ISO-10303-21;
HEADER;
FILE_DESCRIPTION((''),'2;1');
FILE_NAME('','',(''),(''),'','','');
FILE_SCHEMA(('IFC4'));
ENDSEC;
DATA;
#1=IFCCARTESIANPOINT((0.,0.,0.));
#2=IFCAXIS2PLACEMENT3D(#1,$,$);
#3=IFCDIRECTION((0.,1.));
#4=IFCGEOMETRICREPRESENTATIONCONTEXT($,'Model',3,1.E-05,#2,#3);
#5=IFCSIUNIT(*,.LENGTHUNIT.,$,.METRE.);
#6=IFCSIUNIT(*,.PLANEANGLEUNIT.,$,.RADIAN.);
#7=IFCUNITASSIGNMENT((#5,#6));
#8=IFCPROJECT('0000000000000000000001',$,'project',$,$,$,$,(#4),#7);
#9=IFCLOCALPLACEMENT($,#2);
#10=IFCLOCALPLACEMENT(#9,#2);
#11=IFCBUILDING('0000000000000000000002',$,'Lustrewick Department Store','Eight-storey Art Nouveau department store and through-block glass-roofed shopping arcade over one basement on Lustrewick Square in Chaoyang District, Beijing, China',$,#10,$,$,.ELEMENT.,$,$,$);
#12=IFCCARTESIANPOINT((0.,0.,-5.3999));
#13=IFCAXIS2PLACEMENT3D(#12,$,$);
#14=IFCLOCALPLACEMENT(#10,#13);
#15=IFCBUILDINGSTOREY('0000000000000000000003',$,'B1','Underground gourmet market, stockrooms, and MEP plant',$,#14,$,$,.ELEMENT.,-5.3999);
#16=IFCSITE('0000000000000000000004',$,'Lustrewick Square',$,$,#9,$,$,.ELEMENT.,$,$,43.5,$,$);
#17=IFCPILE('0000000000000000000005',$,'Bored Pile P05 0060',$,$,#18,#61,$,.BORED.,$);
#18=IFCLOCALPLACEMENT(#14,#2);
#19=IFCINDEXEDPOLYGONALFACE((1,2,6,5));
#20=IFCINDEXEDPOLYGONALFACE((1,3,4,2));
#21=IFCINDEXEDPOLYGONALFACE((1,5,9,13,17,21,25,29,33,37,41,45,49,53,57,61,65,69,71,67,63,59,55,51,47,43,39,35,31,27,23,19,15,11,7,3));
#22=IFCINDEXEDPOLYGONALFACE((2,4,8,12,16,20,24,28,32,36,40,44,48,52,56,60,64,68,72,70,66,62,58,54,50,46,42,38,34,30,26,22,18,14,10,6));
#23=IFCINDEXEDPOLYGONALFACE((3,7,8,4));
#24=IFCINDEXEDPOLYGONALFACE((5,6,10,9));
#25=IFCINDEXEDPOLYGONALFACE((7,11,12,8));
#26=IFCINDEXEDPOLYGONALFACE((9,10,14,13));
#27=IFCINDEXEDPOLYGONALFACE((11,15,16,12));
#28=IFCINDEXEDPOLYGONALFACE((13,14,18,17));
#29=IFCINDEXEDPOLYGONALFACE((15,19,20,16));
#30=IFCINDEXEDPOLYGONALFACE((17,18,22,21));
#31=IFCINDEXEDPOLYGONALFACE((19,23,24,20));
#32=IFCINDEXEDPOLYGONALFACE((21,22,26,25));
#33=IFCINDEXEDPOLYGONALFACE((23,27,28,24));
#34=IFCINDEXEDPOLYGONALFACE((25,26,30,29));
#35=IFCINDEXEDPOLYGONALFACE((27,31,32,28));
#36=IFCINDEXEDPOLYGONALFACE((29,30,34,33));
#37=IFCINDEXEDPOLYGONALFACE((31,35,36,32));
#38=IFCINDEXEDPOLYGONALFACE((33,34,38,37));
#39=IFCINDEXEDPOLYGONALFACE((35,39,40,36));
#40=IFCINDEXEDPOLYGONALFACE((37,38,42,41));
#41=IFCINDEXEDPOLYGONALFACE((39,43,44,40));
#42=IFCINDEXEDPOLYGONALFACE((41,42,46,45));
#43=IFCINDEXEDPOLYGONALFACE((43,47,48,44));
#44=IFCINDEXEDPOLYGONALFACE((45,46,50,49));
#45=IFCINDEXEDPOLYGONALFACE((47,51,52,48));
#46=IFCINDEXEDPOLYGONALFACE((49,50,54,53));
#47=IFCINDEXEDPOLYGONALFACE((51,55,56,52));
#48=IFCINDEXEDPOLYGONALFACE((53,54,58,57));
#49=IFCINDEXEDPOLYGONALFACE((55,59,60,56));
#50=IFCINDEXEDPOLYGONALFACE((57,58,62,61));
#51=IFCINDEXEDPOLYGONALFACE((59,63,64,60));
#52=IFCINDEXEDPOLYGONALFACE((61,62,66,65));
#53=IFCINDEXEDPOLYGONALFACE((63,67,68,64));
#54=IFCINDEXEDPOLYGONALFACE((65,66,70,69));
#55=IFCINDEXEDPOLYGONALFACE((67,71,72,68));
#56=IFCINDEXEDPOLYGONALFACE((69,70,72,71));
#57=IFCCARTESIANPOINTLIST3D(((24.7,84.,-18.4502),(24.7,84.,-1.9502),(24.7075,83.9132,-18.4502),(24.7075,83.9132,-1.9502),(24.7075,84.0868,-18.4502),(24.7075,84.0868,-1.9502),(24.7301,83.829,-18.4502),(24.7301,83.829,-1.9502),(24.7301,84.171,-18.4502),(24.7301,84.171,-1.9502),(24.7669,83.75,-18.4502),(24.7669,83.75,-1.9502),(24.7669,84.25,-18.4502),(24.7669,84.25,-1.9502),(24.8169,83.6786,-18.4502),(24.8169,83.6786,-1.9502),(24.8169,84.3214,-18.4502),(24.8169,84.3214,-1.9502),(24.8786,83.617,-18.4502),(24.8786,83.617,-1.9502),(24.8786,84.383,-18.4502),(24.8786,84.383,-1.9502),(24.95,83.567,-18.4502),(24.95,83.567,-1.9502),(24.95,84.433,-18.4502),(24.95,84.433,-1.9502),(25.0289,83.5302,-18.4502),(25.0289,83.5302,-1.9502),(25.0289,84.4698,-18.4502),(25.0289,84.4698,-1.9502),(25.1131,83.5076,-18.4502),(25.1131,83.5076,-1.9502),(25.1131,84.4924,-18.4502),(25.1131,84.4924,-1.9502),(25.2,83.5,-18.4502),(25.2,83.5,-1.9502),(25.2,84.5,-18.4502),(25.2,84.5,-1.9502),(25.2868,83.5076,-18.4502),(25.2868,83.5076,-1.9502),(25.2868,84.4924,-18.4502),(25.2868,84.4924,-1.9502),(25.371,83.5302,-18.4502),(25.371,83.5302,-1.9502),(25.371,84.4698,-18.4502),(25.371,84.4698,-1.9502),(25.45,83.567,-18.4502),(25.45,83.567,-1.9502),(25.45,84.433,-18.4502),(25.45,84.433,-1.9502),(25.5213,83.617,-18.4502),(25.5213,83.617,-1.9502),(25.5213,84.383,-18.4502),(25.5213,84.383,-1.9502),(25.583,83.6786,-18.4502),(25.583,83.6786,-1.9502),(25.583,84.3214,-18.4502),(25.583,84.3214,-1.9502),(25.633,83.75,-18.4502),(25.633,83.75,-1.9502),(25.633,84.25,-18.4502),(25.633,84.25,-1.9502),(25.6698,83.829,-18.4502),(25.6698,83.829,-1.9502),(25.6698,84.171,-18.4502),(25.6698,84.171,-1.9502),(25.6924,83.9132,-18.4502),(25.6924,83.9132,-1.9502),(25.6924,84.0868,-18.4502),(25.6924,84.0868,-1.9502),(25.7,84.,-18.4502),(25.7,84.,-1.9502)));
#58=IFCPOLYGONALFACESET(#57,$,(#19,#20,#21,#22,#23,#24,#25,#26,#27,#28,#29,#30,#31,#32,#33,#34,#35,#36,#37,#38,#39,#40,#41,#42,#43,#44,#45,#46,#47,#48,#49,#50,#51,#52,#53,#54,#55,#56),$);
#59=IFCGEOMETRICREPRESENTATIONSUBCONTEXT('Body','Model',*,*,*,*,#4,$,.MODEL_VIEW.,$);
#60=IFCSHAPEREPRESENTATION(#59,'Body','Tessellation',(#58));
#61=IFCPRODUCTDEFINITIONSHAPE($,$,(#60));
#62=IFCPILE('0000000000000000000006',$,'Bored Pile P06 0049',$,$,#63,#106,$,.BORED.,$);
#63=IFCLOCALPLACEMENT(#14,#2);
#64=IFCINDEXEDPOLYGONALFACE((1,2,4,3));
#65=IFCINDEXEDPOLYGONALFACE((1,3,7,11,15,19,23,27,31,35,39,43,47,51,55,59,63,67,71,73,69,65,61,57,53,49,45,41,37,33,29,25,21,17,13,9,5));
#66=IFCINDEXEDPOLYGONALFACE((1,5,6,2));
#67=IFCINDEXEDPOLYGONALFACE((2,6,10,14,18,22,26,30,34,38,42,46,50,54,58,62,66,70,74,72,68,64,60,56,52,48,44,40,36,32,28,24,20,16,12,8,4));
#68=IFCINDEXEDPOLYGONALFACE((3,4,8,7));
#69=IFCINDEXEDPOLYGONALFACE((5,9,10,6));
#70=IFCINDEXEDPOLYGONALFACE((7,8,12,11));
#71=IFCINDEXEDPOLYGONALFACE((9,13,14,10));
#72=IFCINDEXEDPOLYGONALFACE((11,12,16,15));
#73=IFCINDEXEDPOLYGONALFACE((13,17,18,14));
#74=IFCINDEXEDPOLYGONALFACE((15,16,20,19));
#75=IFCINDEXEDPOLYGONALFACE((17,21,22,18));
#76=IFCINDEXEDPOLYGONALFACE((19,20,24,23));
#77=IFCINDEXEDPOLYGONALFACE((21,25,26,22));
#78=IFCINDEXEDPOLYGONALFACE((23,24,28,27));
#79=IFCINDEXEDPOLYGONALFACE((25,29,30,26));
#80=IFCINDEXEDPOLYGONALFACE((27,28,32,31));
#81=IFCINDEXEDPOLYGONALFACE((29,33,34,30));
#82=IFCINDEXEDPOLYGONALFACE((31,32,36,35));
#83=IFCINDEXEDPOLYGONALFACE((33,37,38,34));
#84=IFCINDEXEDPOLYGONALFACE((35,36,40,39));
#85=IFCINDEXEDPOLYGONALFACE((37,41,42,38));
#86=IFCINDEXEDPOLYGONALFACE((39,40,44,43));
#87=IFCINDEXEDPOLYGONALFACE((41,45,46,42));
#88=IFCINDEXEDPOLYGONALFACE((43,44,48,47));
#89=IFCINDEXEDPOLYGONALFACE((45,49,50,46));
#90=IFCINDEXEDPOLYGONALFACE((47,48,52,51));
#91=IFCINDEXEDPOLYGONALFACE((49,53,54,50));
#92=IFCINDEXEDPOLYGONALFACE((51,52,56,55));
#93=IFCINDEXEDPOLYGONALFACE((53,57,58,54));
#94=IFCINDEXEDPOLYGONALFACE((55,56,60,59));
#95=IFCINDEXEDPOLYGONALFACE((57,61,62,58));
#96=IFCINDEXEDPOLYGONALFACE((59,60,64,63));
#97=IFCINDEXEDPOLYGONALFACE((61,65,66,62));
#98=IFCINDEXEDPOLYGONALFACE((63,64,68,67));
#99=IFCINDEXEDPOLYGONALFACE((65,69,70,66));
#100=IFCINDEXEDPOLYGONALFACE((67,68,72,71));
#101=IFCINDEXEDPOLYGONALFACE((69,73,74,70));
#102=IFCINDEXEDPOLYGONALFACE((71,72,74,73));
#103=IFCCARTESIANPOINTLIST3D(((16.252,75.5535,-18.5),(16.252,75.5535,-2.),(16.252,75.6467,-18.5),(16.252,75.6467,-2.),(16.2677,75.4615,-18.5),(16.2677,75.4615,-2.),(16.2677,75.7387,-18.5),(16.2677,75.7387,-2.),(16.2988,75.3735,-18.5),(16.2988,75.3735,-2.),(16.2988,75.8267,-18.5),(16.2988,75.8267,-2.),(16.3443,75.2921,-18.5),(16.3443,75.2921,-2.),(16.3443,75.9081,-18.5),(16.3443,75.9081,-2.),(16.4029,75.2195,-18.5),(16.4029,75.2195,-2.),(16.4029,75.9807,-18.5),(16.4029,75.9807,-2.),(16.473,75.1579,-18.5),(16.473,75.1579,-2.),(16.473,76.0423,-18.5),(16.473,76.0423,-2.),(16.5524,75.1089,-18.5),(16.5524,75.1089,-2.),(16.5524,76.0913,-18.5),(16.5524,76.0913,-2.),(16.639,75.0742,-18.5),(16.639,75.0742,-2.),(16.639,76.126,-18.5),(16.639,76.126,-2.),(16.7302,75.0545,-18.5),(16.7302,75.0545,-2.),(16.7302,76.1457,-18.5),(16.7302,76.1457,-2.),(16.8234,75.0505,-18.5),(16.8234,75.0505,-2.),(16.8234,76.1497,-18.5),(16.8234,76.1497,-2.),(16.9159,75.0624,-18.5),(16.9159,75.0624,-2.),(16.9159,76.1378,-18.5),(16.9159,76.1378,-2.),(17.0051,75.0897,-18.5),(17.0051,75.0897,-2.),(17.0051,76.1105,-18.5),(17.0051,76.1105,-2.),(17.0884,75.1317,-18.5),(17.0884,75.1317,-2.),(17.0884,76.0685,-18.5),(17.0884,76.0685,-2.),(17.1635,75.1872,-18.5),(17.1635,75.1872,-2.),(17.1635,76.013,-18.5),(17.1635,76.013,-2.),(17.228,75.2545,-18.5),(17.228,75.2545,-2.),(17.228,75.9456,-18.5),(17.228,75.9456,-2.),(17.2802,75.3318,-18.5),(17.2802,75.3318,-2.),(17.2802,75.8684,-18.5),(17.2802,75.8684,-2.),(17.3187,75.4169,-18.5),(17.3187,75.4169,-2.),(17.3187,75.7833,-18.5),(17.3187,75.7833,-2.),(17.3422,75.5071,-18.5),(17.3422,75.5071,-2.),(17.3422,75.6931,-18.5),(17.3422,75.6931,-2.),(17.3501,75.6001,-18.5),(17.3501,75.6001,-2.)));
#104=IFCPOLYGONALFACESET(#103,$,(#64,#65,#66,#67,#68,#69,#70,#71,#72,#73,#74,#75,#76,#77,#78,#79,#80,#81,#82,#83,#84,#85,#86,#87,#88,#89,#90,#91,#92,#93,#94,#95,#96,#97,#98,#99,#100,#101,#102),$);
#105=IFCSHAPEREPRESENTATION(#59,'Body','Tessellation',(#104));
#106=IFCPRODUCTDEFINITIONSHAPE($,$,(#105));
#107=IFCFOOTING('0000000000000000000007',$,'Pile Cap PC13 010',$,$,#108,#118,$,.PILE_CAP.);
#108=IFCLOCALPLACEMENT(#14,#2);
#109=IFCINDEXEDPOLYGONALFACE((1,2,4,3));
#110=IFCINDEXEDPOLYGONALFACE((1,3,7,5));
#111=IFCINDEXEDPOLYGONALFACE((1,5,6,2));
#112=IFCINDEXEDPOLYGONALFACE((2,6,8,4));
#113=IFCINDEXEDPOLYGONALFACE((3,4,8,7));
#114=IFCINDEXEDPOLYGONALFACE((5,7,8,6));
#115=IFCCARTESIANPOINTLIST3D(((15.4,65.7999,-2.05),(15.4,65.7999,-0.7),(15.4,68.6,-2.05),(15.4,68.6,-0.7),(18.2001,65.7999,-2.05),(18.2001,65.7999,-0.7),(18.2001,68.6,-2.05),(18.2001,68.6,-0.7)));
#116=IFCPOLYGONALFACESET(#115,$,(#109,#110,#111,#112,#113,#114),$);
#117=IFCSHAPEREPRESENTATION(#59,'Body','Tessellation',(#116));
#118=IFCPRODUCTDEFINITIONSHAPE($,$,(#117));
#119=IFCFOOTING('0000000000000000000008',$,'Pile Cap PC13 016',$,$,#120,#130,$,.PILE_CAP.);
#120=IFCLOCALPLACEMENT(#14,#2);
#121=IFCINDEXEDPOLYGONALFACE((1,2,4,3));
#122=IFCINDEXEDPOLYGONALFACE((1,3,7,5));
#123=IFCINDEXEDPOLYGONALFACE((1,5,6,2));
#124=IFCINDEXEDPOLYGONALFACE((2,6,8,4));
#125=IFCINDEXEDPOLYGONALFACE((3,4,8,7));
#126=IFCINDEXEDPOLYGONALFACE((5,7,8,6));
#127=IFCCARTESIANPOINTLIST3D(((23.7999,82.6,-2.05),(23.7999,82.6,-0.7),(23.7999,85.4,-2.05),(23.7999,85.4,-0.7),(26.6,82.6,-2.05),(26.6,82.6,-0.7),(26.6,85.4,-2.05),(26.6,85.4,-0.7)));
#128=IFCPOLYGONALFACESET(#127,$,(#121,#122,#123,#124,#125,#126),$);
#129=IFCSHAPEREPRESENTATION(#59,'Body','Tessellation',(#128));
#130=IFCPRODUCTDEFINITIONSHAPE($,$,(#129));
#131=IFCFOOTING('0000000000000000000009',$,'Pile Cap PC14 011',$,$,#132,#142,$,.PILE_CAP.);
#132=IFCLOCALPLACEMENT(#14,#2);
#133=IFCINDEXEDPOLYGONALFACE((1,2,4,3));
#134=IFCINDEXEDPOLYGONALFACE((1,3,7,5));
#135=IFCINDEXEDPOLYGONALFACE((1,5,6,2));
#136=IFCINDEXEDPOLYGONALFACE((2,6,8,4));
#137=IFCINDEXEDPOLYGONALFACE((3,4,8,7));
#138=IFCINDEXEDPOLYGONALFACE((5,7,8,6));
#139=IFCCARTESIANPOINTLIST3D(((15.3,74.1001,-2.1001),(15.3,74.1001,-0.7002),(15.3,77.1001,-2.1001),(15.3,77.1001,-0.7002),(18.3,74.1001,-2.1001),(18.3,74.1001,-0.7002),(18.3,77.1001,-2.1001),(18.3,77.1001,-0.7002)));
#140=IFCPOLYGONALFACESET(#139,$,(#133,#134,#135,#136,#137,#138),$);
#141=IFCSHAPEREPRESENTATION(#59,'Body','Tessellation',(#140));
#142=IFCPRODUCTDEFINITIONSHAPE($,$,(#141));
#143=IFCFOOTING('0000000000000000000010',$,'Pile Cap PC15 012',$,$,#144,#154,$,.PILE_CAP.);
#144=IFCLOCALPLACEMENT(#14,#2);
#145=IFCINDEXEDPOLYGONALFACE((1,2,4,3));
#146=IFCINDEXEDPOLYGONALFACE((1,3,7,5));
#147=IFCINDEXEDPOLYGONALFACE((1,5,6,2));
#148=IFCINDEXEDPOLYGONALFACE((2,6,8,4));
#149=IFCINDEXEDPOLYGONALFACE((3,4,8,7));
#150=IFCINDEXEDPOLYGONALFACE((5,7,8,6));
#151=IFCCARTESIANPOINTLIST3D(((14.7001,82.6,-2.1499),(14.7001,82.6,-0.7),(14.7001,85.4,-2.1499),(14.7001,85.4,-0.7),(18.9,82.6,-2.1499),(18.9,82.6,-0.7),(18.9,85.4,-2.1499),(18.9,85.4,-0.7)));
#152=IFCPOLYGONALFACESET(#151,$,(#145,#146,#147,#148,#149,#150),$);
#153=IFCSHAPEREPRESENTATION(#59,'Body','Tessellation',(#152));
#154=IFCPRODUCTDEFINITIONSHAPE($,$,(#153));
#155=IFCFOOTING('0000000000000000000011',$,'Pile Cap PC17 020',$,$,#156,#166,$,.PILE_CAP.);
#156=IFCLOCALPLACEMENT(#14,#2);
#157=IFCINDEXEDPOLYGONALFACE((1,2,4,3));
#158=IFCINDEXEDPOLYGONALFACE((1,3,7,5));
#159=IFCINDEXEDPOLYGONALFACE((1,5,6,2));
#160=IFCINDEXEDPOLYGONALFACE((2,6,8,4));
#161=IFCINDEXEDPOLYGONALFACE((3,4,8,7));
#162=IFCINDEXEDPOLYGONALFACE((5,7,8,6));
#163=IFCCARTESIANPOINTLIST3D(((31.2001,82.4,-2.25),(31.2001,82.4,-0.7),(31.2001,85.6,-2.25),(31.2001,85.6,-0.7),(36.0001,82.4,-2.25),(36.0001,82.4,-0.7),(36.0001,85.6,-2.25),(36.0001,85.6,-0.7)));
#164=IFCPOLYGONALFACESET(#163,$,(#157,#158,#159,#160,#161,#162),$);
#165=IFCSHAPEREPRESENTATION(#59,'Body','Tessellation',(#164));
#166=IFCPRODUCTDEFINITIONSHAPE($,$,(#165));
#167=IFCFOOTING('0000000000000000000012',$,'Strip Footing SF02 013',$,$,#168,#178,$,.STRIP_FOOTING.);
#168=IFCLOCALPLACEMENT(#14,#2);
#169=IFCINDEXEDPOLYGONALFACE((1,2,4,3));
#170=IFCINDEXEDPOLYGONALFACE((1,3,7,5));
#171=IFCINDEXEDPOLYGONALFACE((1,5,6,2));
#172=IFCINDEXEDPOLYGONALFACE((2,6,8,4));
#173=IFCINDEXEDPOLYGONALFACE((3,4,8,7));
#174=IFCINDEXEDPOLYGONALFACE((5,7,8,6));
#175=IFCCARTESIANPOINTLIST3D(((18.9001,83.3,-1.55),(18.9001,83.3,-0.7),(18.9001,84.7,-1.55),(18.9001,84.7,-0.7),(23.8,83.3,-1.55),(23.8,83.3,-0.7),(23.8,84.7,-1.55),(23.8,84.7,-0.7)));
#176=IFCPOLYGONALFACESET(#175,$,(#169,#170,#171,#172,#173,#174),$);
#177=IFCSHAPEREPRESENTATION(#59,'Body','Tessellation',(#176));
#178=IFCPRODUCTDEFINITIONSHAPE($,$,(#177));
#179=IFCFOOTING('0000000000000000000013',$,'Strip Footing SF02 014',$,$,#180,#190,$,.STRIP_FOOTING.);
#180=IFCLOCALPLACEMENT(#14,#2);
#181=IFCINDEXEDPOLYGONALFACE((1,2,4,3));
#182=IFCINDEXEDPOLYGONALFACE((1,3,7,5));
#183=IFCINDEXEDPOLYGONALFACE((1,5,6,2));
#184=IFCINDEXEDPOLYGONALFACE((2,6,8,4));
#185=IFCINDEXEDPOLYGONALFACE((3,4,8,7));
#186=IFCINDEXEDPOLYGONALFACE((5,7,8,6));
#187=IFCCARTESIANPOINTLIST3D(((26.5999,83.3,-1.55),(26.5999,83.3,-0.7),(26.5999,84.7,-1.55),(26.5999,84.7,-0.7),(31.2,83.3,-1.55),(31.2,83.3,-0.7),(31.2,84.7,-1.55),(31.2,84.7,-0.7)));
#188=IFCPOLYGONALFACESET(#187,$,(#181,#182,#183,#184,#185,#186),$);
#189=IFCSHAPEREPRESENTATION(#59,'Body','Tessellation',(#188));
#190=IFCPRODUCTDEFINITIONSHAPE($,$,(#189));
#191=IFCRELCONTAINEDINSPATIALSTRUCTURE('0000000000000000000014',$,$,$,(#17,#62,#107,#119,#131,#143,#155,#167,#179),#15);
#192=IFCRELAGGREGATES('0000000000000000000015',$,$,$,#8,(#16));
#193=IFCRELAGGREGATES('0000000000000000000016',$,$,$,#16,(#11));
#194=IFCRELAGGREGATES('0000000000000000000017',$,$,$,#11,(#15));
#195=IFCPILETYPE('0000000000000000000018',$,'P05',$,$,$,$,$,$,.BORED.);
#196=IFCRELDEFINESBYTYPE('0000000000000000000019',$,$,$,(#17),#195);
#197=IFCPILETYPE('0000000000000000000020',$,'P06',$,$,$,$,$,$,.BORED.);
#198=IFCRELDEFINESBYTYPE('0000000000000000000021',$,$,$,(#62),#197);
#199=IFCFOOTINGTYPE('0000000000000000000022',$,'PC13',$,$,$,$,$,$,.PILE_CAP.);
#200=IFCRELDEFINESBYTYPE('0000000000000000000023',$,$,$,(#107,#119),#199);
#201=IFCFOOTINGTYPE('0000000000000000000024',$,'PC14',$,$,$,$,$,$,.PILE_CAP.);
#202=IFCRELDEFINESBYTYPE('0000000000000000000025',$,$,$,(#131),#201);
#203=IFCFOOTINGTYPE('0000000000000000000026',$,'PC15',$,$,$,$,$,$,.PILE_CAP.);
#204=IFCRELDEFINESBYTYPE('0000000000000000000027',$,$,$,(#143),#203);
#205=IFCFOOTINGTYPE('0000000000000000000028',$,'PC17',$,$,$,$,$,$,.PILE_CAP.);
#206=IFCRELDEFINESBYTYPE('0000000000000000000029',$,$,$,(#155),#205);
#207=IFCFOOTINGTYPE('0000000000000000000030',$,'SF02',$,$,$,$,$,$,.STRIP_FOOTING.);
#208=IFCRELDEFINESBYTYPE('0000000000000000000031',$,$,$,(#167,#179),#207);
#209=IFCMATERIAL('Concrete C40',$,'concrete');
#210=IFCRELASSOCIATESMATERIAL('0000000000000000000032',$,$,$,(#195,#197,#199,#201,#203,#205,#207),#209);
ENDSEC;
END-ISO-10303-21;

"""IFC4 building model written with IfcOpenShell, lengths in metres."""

from ifc_helpers import new_model, si_unit, direction, frame, origin, origin_2d, place, context, subcontext, project, spatial, rectangle, circle, extrude, material, material_profile, profile_set, type_object, element, save


model = new_model("IFC4")

# Units and contexts
model_context = context("Model", 3, precision=1e-05, world=origin(), true_north=direction((0.0, 1.0)))
body_context = subcontext(model_context, "Body", "Model", "MODEL_VIEW")
ifc_project = project(units=[si_unit("LENGTHUNIT", "METRE"), si_unit("PLANEANGLEUNIT", "RADIAN")], contexts=[model_context])

# Site, building, storey
site_placement = place(None, origin())
site = spatial("IfcSite", under=ifc_project, at=site_placement, Name="Lustrewick Square", CompositionType="ELEMENT", RefElevation=43.5)
building_placement = place(site_placement, origin())
building = spatial("IfcBuilding", under=site, at=building_placement, Name="Lustrewick Department Store", Description="Eight-storey Art Nouveau department store and through-block glass-roofed shopping arcade over one basement on Lustrewick Square in Chaoyang District, Beijing, China", CompositionType="ELEMENT")
storey_placement = place(building_placement, frame((0.0, 0.0, -5.3999)))
storey = spatial("IfcBuildingStorey", under=building, at=storey_placement, Name="B1", Description="Underground gourmet market, stockrooms, and MEP plant", CompositionType="ELEMENT", Elevation=-5.3999)

# Piles
ifc_material_1 = material(Name="Concrete C40", Category="concrete")
ifc_material_profile_1 = material_profile(ifc_material_1, circle(Radius=0.5, at=origin_2d()), Name="PILE D1000")
ifc_profile_set_1 = profile_set([ifc_material_profile_1], Name="Concrete C40")
pile_type_1 = type_object("IfcPileType", Name="P05", PredefinedType="BORED", material=ifc_profile_set_1)
for number, where, z_axis, x_axis, name in (
    (1, (25.2, 84.0, -1.9502), (0.0, 0.0, -1.0), (1.0, 0.0, 0.0), "Bored Pile P05 0060"),
):
    element("IfcPile", number, at=place(storey_placement, frame(where, z_axis=z_axis, x_axis=x_axis)), inside=storey, type_object=pile_type_1, Name=name, PredefinedType="BORED", context=body_context, shape_type="SweptSolid", body=[
        extrude(circle(Radius=0.5, at=origin_2d()), origin(), (0.0, 0.0, 1.0), 16.5),
    ])
ifc_material_profile_2 = material_profile(ifc_material_1, circle(Radius=0.55, at=origin_2d()), Name="PILE D1100")
ifc_profile_set_2 = profile_set([ifc_material_profile_2], Name="Concrete C40")
pile_type_2 = type_object("IfcPileType", Name="P06", PredefinedType="BORED", material=ifc_profile_set_2)
pile_1_placement = place(storey_placement, frame((16.8, 75.6001, -2.0), z_axis=(0.0, 0.0, -1.0), x_axis=(1.0, 0.0, 0.0)))
element("IfcPile", 2, at=pile_1_placement, inside=storey, type_object=pile_type_2, Name="Bored Pile P06 0049", PredefinedType="BORED", context=body_context, shape_type="SweptSolid", body=[
    extrude(circle(Radius=0.55, at=origin_2d()), origin(), (0.0, 0.0, 1.0), 16.5),
])

# Footings
footing_type_1 = type_object("IfcFootingType", Name="PC13", PredefinedType="PILE_CAP", material=ifc_material_1)
for number, where, z_axis, x_axis, name in (
    (3, (16.8, 67.2, -2.05), (0.0, 0.0, 1.0), (1.0, 0.0, 0.0), "Pile Cap PC13 010"),
    (4, (25.2, 84.0, -2.05), (0.0, 0.0, 1.0), (1.0, 0.0, 0.0), "Pile Cap PC13 016"),
):
    element("IfcFooting", number, at=place(storey_placement, frame(where, z_axis=z_axis, x_axis=x_axis)), inside=storey, type_object=footing_type_1, Name=name, PredefinedType="PILE_CAP", context=body_context, shape_type="SweptSolid", body=[
        extrude(rectangle(XDim=2.8, YDim=2.8, at=origin_2d()), origin(), (0.0, 0.0, 1.0), 1.3501),
    ])
footing_type_2 = type_object("IfcFootingType", Name="PC14", PredefinedType="PILE_CAP", material=ifc_material_1)
footing_1_placement = place(storey_placement, frame((16.8, 75.6001, -2.1001), z_axis=(0.0, 0.0, 1.0), x_axis=(1.0, 0.0, 0.0)))
element("IfcFooting", 5, at=footing_1_placement, inside=storey, type_object=footing_type_2, Name="Pile Cap PC14 011", PredefinedType="PILE_CAP", context=body_context, shape_type="SweptSolid", body=[
    extrude(rectangle(XDim=3.0, YDim=3.0, at=origin_2d()), origin(), (0.0, 0.0, 1.0), 1.3999),
])
footing_type_3 = type_object("IfcFootingType", Name="PC15", PredefinedType="PILE_CAP", material=ifc_material_1)
footing_2_placement = place(storey_placement, frame((16.8, 84.0, -2.1499), z_axis=(0.0, 0.0, 1.0), x_axis=(1.0, 0.0, 0.0)))
element("IfcFooting", 6, at=footing_2_placement, inside=storey, type_object=footing_type_3, Name="Pile Cap PC15 012", PredefinedType="PILE_CAP", context=body_context, shape_type="SweptSolid", body=[
    extrude(rectangle(XDim=4.2, YDim=2.8, at=origin_2d()), origin(), (0.0, 0.0, 1.0), 1.45),
])
footing_type_4 = type_object("IfcFootingType", Name="PC17", PredefinedType="PILE_CAP", material=ifc_material_1)
footing_3_placement = place(storey_placement, frame((33.6001, 84.0, -2.25), z_axis=(0.0, 0.0, 1.0), x_axis=(1.0, 0.0, 0.0)))
element("IfcFooting", 7, at=footing_3_placement, inside=storey, type_object=footing_type_4, Name="Pile Cap PC17 020", PredefinedType="PILE_CAP", context=body_context, shape_type="SweptSolid", body=[
    extrude(rectangle(XDim=4.8, YDim=3.2, at=origin_2d()), origin(), (0.0, 0.0, 1.0), 1.55),
])
footing_type_5 = type_object("IfcFootingType", Name="SF02", PredefinedType="STRIP_FOOTING", material=ifc_material_1)
footing_4_placement = place(storey_placement, frame((21.3501, 84.0, -1.55), z_axis=(0.0, 0.0, 1.0), x_axis=(1.0, 0.0, 0.0)))
element("IfcFooting", 8, at=footing_4_placement, inside=storey, type_object=footing_type_5, Name="Strip Footing SF02 013", PredefinedType="STRIP_FOOTING", context=body_context, shape_type="SweptSolid", body=[
    extrude(rectangle(XDim=4.8999, YDim=1.3999, at=origin_2d()), origin(), (0.0, 0.0, 1.0), 0.8501),
])
footing_5_placement = place(storey_placement, frame((28.8999, 84.0, -1.55), z_axis=(0.0, 0.0, 1.0), x_axis=(1.0, 0.0, 0.0)))
element("IfcFooting", 9, at=footing_5_placement, inside=storey, type_object=footing_type_5, Name="Strip Footing SF02 014", PredefinedType="STRIP_FOOTING", context=body_context, shape_type="SweptSolid", body=[
    extrude(rectangle(XDim=4.6001, YDim=1.3999, at=origin_2d()), origin(), (0.0, 0.0, 1.0), 0.8501),
])

save(model, "model.ifc")
